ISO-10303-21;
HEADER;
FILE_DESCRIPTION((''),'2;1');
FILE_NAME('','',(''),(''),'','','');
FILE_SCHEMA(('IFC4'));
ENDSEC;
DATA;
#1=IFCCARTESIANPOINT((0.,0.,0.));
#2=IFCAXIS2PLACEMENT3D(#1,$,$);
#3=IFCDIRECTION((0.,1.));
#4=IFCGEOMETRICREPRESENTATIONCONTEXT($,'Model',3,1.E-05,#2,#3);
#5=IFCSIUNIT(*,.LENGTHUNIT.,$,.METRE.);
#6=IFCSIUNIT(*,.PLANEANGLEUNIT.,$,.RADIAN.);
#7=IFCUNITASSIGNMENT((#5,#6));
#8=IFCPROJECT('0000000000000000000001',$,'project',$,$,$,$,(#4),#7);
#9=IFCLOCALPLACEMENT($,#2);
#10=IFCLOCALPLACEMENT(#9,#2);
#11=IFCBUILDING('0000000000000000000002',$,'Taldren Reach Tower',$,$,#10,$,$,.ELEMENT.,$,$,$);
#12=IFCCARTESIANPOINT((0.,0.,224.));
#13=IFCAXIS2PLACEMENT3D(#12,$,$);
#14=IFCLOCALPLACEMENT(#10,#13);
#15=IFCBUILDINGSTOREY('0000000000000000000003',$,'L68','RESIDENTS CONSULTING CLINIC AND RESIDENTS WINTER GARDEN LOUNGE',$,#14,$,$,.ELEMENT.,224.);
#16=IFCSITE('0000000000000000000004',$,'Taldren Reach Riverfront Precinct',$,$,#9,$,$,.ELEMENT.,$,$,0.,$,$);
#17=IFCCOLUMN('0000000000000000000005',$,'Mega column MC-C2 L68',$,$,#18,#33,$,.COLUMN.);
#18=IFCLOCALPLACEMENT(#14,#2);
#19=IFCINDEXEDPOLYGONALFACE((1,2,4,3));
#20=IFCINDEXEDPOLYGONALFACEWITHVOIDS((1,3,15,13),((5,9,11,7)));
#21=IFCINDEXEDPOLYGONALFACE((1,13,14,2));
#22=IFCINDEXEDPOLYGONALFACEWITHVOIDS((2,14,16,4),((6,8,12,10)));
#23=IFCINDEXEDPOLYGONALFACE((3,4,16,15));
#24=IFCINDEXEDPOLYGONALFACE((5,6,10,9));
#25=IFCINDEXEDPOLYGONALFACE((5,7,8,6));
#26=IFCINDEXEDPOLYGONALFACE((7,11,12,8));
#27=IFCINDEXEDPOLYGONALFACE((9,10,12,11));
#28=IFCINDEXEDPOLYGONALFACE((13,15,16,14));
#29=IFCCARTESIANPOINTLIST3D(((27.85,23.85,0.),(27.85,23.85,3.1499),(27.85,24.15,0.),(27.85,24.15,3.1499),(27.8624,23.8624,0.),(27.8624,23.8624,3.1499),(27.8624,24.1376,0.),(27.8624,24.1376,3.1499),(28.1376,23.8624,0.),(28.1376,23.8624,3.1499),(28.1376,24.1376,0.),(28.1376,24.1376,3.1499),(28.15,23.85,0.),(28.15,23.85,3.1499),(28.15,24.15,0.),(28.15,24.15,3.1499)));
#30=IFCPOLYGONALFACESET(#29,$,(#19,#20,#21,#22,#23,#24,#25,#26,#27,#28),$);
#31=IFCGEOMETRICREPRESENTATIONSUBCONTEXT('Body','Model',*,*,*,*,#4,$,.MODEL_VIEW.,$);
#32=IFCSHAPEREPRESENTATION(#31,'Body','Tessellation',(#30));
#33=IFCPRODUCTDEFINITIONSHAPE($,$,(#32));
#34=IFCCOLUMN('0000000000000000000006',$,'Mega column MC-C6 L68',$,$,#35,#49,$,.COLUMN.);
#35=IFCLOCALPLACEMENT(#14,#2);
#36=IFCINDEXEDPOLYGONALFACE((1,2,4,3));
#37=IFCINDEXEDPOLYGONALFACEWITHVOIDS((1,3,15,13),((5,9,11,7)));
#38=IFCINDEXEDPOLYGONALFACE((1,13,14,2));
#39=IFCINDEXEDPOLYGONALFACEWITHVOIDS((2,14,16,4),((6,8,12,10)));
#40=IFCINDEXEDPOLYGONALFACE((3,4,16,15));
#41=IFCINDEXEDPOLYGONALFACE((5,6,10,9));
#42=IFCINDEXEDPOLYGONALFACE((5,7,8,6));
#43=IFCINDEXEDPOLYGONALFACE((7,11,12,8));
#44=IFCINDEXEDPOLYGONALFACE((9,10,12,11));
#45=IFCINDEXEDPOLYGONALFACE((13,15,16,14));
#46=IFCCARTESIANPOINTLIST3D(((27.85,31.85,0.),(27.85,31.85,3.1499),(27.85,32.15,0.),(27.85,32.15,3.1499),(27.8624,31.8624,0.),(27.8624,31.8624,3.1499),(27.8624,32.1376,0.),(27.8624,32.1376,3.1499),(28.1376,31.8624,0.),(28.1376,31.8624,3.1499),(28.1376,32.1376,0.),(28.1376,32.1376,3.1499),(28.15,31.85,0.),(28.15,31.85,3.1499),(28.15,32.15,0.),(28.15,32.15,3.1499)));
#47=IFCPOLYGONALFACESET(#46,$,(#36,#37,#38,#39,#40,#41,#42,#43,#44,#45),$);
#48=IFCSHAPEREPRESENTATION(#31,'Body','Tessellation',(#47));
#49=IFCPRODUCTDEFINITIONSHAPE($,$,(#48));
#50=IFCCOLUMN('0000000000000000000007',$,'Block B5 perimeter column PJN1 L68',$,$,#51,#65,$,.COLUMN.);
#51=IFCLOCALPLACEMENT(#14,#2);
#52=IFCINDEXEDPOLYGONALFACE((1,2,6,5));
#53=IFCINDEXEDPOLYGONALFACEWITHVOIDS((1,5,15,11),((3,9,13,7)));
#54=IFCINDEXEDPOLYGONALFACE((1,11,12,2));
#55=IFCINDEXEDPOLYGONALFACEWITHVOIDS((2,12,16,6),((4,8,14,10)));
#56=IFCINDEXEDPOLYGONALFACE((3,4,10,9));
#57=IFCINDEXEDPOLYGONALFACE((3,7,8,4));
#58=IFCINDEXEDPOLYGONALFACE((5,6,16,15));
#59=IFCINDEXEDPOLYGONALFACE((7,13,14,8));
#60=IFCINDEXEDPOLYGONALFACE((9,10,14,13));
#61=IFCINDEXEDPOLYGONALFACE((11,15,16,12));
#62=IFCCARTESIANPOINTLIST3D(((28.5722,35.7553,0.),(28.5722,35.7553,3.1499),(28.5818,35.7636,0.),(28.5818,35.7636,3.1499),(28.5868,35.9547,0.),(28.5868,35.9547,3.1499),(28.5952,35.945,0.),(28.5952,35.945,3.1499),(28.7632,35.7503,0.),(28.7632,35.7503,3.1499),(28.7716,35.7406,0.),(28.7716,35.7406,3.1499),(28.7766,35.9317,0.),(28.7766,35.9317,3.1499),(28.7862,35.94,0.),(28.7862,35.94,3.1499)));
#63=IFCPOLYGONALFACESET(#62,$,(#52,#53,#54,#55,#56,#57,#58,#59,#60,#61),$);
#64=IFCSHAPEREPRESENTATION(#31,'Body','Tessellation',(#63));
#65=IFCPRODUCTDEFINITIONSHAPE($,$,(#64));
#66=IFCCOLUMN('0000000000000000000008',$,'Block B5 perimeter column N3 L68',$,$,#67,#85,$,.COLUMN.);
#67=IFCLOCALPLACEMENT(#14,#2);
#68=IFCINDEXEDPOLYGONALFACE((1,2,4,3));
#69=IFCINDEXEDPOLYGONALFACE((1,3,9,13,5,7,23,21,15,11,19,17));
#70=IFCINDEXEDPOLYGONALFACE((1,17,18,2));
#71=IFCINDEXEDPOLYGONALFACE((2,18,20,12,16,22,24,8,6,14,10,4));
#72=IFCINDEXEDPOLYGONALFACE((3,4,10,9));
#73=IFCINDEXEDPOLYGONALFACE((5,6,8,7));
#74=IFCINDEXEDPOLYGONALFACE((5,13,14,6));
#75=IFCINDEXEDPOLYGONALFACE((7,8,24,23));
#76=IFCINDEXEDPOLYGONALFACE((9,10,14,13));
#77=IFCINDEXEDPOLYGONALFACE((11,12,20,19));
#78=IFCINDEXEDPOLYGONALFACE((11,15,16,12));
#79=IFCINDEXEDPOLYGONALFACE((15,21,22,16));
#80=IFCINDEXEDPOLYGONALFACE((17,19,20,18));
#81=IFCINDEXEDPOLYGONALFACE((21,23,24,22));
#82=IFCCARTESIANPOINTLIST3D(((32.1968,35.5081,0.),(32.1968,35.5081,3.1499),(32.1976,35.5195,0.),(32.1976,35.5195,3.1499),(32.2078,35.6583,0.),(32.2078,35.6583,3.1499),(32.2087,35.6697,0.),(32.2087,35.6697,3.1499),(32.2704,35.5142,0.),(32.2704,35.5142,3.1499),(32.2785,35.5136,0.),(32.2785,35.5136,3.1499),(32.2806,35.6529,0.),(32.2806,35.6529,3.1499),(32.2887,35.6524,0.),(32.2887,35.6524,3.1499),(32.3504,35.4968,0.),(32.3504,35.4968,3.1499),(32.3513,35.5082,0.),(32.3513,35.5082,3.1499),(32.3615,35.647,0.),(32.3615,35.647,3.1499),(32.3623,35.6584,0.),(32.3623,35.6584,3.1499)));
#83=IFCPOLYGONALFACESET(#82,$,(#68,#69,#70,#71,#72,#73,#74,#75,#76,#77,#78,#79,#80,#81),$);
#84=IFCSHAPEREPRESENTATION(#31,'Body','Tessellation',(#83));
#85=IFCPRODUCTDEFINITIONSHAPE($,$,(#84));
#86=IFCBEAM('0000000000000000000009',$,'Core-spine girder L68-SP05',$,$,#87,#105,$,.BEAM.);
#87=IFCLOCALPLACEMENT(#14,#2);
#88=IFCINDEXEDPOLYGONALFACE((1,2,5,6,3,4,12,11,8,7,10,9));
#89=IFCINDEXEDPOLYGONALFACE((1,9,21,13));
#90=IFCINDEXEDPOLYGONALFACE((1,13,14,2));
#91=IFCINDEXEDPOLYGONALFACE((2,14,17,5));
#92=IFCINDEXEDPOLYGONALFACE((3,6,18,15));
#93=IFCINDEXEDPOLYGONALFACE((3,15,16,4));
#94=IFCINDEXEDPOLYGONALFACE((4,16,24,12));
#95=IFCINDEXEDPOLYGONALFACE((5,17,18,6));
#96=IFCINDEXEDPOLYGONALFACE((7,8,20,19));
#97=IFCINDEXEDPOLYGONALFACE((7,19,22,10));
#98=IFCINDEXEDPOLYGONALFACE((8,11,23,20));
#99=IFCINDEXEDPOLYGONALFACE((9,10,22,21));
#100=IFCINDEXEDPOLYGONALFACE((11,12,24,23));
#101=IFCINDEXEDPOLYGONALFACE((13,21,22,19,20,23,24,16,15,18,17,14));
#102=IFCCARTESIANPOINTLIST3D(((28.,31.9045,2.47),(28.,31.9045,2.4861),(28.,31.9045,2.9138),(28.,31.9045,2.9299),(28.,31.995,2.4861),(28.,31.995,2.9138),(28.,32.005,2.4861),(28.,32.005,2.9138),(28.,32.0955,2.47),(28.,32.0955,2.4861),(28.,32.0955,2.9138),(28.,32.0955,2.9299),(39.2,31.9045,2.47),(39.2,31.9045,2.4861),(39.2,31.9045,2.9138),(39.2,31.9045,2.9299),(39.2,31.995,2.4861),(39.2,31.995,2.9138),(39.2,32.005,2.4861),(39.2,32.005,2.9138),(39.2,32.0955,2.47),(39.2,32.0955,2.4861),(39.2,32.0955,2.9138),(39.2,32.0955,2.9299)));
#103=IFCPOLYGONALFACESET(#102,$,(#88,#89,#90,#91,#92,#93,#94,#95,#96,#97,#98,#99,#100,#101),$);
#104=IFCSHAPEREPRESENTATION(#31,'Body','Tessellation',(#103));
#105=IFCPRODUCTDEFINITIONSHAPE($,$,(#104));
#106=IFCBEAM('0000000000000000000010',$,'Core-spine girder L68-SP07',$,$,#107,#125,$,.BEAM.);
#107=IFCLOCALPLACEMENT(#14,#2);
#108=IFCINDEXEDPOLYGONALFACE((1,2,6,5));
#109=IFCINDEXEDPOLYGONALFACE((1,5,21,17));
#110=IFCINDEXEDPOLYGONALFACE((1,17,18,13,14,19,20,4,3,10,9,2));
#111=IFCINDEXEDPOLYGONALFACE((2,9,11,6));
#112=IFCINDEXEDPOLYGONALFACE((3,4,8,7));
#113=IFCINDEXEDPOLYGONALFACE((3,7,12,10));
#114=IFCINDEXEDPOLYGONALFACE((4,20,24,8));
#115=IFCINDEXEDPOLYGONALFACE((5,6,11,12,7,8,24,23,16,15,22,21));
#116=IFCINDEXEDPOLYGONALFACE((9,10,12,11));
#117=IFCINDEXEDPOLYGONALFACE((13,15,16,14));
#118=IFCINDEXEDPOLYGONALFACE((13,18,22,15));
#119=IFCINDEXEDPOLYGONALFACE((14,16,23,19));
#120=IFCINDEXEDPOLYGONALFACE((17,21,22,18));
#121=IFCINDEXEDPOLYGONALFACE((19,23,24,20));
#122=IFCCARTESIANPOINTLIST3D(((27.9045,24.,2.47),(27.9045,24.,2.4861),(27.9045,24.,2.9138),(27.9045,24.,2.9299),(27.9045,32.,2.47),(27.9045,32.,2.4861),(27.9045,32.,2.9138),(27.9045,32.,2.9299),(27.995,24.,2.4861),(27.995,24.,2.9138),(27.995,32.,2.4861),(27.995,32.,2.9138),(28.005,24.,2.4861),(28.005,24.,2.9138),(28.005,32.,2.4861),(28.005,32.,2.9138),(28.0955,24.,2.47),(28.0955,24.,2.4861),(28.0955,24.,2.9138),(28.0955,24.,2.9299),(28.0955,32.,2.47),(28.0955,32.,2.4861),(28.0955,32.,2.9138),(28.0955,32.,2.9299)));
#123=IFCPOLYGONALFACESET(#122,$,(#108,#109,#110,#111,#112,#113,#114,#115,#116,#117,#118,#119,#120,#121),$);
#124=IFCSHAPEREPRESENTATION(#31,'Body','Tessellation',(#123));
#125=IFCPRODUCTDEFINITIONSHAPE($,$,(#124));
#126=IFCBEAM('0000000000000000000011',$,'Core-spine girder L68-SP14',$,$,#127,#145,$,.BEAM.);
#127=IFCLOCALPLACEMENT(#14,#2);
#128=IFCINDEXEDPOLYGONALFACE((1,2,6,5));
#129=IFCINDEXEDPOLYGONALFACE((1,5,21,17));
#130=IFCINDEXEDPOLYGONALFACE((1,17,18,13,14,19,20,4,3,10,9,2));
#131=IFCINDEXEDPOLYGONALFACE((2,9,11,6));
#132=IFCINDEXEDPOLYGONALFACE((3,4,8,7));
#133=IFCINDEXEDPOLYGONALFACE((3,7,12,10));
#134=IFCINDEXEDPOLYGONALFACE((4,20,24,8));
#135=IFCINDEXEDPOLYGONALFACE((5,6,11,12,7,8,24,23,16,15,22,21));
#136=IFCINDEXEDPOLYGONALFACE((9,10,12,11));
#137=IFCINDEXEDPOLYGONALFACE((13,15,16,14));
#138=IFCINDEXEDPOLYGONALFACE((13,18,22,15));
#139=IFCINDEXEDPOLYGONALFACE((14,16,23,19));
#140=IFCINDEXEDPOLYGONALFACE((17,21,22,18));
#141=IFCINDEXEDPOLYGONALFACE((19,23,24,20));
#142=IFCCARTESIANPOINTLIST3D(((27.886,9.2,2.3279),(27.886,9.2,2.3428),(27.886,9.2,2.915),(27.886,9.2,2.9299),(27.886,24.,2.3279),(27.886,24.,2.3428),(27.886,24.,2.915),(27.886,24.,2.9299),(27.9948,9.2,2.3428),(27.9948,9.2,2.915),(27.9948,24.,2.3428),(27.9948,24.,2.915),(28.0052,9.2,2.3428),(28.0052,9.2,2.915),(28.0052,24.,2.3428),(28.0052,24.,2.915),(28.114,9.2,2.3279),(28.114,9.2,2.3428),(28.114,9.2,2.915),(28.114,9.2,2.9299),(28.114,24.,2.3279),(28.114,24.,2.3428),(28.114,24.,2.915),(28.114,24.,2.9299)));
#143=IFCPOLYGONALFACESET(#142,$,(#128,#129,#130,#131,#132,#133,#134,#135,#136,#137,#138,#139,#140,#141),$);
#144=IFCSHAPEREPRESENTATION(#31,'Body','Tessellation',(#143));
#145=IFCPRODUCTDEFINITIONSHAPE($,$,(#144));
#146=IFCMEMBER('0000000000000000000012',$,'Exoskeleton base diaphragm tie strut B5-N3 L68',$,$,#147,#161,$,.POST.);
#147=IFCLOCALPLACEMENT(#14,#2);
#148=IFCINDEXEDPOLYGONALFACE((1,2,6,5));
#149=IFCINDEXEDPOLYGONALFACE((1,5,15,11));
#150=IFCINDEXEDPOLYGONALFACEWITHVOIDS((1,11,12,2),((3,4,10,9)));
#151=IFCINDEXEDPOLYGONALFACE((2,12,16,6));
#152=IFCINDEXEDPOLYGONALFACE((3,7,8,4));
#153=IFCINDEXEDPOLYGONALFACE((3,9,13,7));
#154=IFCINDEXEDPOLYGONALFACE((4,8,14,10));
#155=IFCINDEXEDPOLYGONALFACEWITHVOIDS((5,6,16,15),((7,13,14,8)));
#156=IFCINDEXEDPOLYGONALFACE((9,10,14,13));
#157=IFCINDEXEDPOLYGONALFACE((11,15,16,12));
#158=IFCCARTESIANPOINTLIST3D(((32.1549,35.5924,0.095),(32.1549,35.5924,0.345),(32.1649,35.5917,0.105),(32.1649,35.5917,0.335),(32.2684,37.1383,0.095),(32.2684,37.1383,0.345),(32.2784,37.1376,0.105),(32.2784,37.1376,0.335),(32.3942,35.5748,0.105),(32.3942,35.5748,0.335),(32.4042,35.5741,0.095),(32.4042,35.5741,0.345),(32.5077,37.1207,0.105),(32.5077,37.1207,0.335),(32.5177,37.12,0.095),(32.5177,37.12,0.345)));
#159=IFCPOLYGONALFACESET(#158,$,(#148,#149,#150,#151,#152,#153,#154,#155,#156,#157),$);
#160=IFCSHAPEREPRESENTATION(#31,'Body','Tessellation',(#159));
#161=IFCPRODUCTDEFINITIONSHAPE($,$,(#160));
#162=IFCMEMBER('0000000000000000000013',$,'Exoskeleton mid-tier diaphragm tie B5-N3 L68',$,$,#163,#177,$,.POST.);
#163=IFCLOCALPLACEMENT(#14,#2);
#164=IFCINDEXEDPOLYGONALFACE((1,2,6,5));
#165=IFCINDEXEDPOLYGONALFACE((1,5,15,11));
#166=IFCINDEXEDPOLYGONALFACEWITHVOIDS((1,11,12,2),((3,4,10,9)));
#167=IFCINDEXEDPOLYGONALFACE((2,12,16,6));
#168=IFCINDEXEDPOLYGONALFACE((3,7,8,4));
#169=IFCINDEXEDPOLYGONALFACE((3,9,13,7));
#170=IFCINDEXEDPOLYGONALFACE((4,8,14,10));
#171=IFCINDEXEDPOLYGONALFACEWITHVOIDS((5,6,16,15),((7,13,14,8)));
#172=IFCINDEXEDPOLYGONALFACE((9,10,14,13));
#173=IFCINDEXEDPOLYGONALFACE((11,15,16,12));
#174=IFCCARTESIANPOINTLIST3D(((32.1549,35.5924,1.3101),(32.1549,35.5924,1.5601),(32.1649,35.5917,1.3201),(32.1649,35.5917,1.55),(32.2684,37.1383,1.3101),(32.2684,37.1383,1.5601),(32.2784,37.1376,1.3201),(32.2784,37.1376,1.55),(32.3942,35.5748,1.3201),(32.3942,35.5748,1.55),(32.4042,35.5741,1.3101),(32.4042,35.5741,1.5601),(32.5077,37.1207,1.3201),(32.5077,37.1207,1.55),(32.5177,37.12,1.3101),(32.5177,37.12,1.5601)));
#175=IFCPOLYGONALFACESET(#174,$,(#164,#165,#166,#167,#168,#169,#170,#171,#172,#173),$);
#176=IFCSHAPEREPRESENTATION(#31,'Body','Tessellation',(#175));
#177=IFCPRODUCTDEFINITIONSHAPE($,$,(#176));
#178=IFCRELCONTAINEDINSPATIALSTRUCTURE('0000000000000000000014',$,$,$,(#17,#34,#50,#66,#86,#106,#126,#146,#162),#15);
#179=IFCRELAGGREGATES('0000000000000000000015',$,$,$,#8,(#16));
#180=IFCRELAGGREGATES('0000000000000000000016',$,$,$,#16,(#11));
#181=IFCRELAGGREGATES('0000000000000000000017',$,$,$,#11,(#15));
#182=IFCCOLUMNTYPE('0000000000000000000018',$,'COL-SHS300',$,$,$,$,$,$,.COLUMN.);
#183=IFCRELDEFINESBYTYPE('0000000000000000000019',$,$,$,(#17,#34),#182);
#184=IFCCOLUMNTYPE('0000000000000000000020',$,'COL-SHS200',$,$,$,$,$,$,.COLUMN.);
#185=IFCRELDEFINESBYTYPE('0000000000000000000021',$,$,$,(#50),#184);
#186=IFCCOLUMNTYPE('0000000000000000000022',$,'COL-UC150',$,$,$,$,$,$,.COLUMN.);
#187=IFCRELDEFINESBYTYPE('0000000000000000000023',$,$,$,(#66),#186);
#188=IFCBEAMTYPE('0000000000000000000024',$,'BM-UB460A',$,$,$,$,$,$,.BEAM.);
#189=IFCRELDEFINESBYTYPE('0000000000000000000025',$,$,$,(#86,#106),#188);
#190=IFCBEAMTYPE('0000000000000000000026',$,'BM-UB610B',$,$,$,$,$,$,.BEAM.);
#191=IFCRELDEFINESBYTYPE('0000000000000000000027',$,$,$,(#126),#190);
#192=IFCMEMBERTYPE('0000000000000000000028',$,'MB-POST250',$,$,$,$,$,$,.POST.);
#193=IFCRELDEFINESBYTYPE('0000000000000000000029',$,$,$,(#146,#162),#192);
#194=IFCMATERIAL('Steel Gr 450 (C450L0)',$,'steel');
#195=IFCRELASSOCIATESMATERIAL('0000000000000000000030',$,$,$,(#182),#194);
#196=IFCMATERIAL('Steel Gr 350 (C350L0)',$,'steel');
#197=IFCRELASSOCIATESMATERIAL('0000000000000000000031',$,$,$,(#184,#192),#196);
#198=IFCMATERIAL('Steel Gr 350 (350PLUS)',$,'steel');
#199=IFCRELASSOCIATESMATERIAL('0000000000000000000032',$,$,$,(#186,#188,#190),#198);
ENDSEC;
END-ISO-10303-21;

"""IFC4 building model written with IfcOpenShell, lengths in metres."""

from ifc_helpers import new_model, si_unit, direction, frame, origin, origin_2d, place, context, subcontext, project, spatial, hollow_rectangle, i_section, extrude, source, transform, mapped, material, material_profile, profile_set, type_object, element, save


model = new_model("IFC4")

# Units and contexts
model_context = context("Model", 3, precision=1e-05, world=origin(), true_north=direction((0.0, 1.0)))
body_context = subcontext(model_context, "Body", "Model", "MODEL_VIEW")
ifc_project = project(units=[si_unit("LENGTHUNIT", "METRE"), si_unit("PLANEANGLEUNIT", "RADIAN")], contexts=[model_context])

# Site, building, storey
site_placement = place(None, origin())
site = spatial("IfcSite", under=ifc_project, at=site_placement, Name="Taldren Reach Riverfront Precinct", CompositionType="ELEMENT", RefElevation=0.0)
building_placement = place(site_placement, origin())
building = spatial("IfcBuilding", under=site, at=building_placement, Name="Taldren Reach Tower", CompositionType="ELEMENT")
storey_placement = place(building_placement, frame((0.0, 0.0, 224.0)))
storey = spatial("IfcBuildingStorey", under=building, at=storey_placement, Name="L68", Description="RESIDENTS CONSULTING CLINIC AND RESIDENTS WINTER GARDEN LOUNGE", CompositionType="ELEMENT", Elevation=224.0)

# Columns
ifc_material_1 = material(Name="Steel Gr 450 (C450L0)", Category="steel")
ifc_material_profile_1 = material_profile(ifc_material_1, hollow_rectangle(XDim=0.3, YDim=0.3, WallThickness=0.0125, at=origin_2d()), Name="300x300x12.5SHS")
ifc_profile_set_1 = profile_set([ifc_material_profile_1], Name="Steel Gr 450 (C450L0)")
column_type_1 = type_object("IfcColumnType", Name="COL-SHS300", PredefinedType="COLUMN", material=ifc_profile_set_1)
shared_shape_1 = source(origin(), body_context, "Body", "SweptSolid", [
    extrude(hollow_rectangle(XDim=0.3, YDim=0.3, WallThickness=0.0125, at=origin_2d()), origin(), (0.0, 0.0, 1.0), 3.1499),
])
for number, where, z_axis, x_axis, name in (
    (1, (28.0, 24.0, 0.0), (0.0, 0.0, 1.0), (1.0, 0.0, 0.0), "Mega column MC-C2 L68"),
    (2, (28.0, 32.0, 0.0), (0.0, 0.0, 1.0), (1.0, 0.0, 0.0), "Mega column MC-C6 L68"),
):
    element("IfcColumn", number, at=place(storey_placement, frame(where, z_axis=z_axis, x_axis=x_axis)), inside=storey, type_object=column_type_1, Name=name, PredefinedType="COLUMN", context=body_context, shape_type="MappedRepresentation", body=[
        mapped(shared_shape_1, transform((0.0, 0.0, 0.0), scale=1.0)),
    ])
ifc_material_2 = material(Name="Steel Gr 350 (C350L0)", Category="steel")
ifc_material_profile_2 = material_profile(ifc_material_2, hollow_rectangle(XDim=0.2, YDim=0.2, WallThickness=0.009, at=origin_2d()), Name="200x200x9.0SHS")
ifc_profile_set_2 = profile_set([ifc_material_profile_2], Name="Steel Gr 350 (C350L0)")
column_type_2 = type_object("IfcColumnType", Name="COL-SHS200", PredefinedType="COLUMN", material=ifc_profile_set_2)
shared_shape_2 = source(origin(), body_context, "Body", "SweptSolid", [
    extrude(hollow_rectangle(XDim=0.2, YDim=0.2, WallThickness=0.009, at=origin_2d()), origin(), (0.0, 0.0, 1.0), 3.1499),
])
column_1_placement = place(storey_placement, frame((28.6792, 35.8477, 0.0), z_axis=(0.0, 0.0, 1.0), x_axis=(0.997314, -0.073238, 0.0)))
element("IfcColumn", 3, at=column_1_placement, inside=storey, type_object=column_type_2, Name="Block B5 perimeter column PJN1 L68", PredefinedType="COLUMN", context=body_context, shape_type="MappedRepresentation", body=[
    mapped(shared_shape_2, transform((0.0, 0.0, 0.0), scale=1.0)),
])
ifc_material_3 = material(Name="Steel Gr 350 (350PLUS)", Category="steel")
ifc_material_profile_3 = material_profile(ifc_material_3, i_section(OverallWidth=0.1541, OverallDepth=0.1621, WebThickness=0.0081, FlangeThickness=0.0115, at=origin_2d()), Name="150UC37.2")
ifc_profile_set_3 = profile_set([ifc_material_profile_3], Name="Steel Gr 350 (350PLUS)")
column_type_3 = type_object("IfcColumnType", Name="COL-UC150", PredefinedType="COLUMN", material=ifc_profile_set_3)
shared_shape_3 = source(origin(), body_context, "Body", "SweptSolid", [
    extrude(i_section(OverallWidth=0.1541, OverallDepth=0.1621, WebThickness=0.0081, FlangeThickness=0.0115, at=origin_2d()), origin(), (0.0, 0.0, 1.0), 3.1499),
])
column_2_placement = place(storey_placement, frame((32.2795, 35.5833, 0.0), z_axis=(0.0, 0.0, 1.0), x_axis=(0.997314, -0.073238, 0.0)))
element("IfcColumn", 4, at=column_2_placement, inside=storey, type_object=column_type_3, Name="Block B5 perimeter column N3 L68", PredefinedType="COLUMN", context=body_context, shape_type="MappedRepresentation", body=[
    mapped(shared_shape_3, transform((0.0, 0.0, 0.0), scale=1.0)),
])

# Beams
ifc_material_profile_4 = material_profile(ifc_material_3, i_section(OverallWidth=0.1909, OverallDepth=0.46, WebThickness=0.01, FlangeThickness=0.0161, at=origin_2d()), Name="460UB82.1")
ifc_profile_set_4 = profile_set([ifc_material_profile_4], Name="Steel Gr 350 (350PLUS)")
beam_type_1 = type_object("IfcBeamType", Name="BM-UB460A", PredefinedType="BEAM", material=ifc_profile_set_4)
shared_shape_4 = source(origin(), body_context, "Body", "SweptSolid", [
    extrude(i_section(OverallWidth=0.1909, OverallDepth=0.46, WebThickness=0.01, FlangeThickness=0.0161, at=origin_2d()), origin(), (0.0, 0.0, 1.0), 11.2),
])
beam_1_placement = place(storey_placement, frame((28.0, 32.0, 2.7), z_axis=(1.0, 0.0, 0.0), x_axis=(0.0, 1.0, 0.0)))
element("IfcBeam", 5, at=beam_1_placement, inside=storey, type_object=beam_type_1, Name="Core-spine girder L68-SP05", PredefinedType="BEAM", context=body_context, shape_type="MappedRepresentation", body=[
    mapped(shared_shape_4, transform((0.0, 0.0, 0.0), scale=1.0)),
])
shared_shape_5 = source(origin(), body_context, "Body", "SweptSolid", [
    extrude(i_section(OverallWidth=0.1909, OverallDepth=0.46, WebThickness=0.01, FlangeThickness=0.0161, at=origin_2d()), origin(), (0.0, 0.0, 1.0), 8.0),
])
beam_2_placement = place(storey_placement, frame((28.0, 24.0, 2.7), z_axis=(0.0, 1.0, 0.0), x_axis=(-1.0, 0.0, 0.0)))
element("IfcBeam", 6, at=beam_2_placement, inside=storey, type_object=beam_type_1, Name="Core-spine girder L68-SP07", PredefinedType="BEAM", context=body_context, shape_type="MappedRepresentation", body=[
    mapped(shared_shape_5, transform((0.0, 0.0, 0.0), scale=1.0)),
])
ifc_material_profile_5 = material_profile(ifc_material_3, i_section(OverallWidth=0.228, OverallDepth=0.6021, WebThickness=0.0105, FlangeThickness=0.0149, at=origin_2d()), Name="610UB101")
ifc_profile_set_5 = profile_set([ifc_material_profile_5], Name="Steel Gr 350 (350PLUS)")
beam_type_2 = type_object("IfcBeamType", Name="BM-UB610B", PredefinedType="BEAM", material=ifc_profile_set_5)
shared_shape_6 = source(origin(), body_context, "Body", "SweptSolid", [
    extrude(i_section(OverallWidth=0.228, OverallDepth=0.6021, WebThickness=0.0105, FlangeThickness=0.0149, at=origin_2d()), origin(), (0.0, 0.0, 1.0), 14.8),
])
beam_3_placement = place(storey_placement, frame((28.0, 24.0, 2.6289), z_axis=(0.0, -1.0, 0.0), x_axis=(1.0, 0.0, 0.0)))
element("IfcBeam", 7, at=beam_3_placement, inside=storey, type_object=beam_type_2, Name="Core-spine girder L68-SP14", PredefinedType="BEAM", context=body_context, shape_type="MappedRepresentation", body=[
    mapped(shared_shape_6, transform((0.0, 0.0, 0.0), scale=1.0)),
])

# Members
ifc_material_profile_6 = material_profile(ifc_material_2, hollow_rectangle(XDim=0.25, YDim=0.25, WallThickness=0.01, at=origin_2d()), Name="250x250x10.0SHS")
ifc_profile_set_6 = profile_set([ifc_material_profile_6], Name="Steel Gr 350 (C350L0)")
member_type_1 = type_object("IfcMemberType", Name="MB-POST250", PredefinedType="POST", material=ifc_profile_set_6)
shared_shape_7 = source(origin(), body_context, "Body", "SweptSolid", [
    extrude(hollow_rectangle(XDim=0.25, YDim=0.25, WallThickness=0.01, at=origin_2d()), origin(), (0.0, 0.0, 1.0), 1.55),
])
for number, where, z_axis, x_axis, name in (
    (8, (32.2795, 35.5833, 0.22), (0.073239, 0.997314, 0.0), (-0.997314, 0.073239, 0.0), "Exoskeleton base diaphragm tie strut B5-N3 L68"),
    (9, (32.2795, 35.5833, 1.4351), (0.073239, 0.997314, 0.0), (-0.997314, 0.073239, 0.0), "Exoskeleton mid-tier diaphragm tie B5-N3 L68"),
):
    element("IfcMember", number, at=place(storey_placement, frame(where, z_axis=z_axis, x_axis=x_axis)), inside=storey, type_object=member_type_1, Name=name, PredefinedType="POST", context=body_context, shape_type="MappedRepresentation", body=[
        mapped(shared_shape_7, transform((0.0, 0.0, 0.0), scale=1.0)),
    ])

save(model, "model.ifc")
